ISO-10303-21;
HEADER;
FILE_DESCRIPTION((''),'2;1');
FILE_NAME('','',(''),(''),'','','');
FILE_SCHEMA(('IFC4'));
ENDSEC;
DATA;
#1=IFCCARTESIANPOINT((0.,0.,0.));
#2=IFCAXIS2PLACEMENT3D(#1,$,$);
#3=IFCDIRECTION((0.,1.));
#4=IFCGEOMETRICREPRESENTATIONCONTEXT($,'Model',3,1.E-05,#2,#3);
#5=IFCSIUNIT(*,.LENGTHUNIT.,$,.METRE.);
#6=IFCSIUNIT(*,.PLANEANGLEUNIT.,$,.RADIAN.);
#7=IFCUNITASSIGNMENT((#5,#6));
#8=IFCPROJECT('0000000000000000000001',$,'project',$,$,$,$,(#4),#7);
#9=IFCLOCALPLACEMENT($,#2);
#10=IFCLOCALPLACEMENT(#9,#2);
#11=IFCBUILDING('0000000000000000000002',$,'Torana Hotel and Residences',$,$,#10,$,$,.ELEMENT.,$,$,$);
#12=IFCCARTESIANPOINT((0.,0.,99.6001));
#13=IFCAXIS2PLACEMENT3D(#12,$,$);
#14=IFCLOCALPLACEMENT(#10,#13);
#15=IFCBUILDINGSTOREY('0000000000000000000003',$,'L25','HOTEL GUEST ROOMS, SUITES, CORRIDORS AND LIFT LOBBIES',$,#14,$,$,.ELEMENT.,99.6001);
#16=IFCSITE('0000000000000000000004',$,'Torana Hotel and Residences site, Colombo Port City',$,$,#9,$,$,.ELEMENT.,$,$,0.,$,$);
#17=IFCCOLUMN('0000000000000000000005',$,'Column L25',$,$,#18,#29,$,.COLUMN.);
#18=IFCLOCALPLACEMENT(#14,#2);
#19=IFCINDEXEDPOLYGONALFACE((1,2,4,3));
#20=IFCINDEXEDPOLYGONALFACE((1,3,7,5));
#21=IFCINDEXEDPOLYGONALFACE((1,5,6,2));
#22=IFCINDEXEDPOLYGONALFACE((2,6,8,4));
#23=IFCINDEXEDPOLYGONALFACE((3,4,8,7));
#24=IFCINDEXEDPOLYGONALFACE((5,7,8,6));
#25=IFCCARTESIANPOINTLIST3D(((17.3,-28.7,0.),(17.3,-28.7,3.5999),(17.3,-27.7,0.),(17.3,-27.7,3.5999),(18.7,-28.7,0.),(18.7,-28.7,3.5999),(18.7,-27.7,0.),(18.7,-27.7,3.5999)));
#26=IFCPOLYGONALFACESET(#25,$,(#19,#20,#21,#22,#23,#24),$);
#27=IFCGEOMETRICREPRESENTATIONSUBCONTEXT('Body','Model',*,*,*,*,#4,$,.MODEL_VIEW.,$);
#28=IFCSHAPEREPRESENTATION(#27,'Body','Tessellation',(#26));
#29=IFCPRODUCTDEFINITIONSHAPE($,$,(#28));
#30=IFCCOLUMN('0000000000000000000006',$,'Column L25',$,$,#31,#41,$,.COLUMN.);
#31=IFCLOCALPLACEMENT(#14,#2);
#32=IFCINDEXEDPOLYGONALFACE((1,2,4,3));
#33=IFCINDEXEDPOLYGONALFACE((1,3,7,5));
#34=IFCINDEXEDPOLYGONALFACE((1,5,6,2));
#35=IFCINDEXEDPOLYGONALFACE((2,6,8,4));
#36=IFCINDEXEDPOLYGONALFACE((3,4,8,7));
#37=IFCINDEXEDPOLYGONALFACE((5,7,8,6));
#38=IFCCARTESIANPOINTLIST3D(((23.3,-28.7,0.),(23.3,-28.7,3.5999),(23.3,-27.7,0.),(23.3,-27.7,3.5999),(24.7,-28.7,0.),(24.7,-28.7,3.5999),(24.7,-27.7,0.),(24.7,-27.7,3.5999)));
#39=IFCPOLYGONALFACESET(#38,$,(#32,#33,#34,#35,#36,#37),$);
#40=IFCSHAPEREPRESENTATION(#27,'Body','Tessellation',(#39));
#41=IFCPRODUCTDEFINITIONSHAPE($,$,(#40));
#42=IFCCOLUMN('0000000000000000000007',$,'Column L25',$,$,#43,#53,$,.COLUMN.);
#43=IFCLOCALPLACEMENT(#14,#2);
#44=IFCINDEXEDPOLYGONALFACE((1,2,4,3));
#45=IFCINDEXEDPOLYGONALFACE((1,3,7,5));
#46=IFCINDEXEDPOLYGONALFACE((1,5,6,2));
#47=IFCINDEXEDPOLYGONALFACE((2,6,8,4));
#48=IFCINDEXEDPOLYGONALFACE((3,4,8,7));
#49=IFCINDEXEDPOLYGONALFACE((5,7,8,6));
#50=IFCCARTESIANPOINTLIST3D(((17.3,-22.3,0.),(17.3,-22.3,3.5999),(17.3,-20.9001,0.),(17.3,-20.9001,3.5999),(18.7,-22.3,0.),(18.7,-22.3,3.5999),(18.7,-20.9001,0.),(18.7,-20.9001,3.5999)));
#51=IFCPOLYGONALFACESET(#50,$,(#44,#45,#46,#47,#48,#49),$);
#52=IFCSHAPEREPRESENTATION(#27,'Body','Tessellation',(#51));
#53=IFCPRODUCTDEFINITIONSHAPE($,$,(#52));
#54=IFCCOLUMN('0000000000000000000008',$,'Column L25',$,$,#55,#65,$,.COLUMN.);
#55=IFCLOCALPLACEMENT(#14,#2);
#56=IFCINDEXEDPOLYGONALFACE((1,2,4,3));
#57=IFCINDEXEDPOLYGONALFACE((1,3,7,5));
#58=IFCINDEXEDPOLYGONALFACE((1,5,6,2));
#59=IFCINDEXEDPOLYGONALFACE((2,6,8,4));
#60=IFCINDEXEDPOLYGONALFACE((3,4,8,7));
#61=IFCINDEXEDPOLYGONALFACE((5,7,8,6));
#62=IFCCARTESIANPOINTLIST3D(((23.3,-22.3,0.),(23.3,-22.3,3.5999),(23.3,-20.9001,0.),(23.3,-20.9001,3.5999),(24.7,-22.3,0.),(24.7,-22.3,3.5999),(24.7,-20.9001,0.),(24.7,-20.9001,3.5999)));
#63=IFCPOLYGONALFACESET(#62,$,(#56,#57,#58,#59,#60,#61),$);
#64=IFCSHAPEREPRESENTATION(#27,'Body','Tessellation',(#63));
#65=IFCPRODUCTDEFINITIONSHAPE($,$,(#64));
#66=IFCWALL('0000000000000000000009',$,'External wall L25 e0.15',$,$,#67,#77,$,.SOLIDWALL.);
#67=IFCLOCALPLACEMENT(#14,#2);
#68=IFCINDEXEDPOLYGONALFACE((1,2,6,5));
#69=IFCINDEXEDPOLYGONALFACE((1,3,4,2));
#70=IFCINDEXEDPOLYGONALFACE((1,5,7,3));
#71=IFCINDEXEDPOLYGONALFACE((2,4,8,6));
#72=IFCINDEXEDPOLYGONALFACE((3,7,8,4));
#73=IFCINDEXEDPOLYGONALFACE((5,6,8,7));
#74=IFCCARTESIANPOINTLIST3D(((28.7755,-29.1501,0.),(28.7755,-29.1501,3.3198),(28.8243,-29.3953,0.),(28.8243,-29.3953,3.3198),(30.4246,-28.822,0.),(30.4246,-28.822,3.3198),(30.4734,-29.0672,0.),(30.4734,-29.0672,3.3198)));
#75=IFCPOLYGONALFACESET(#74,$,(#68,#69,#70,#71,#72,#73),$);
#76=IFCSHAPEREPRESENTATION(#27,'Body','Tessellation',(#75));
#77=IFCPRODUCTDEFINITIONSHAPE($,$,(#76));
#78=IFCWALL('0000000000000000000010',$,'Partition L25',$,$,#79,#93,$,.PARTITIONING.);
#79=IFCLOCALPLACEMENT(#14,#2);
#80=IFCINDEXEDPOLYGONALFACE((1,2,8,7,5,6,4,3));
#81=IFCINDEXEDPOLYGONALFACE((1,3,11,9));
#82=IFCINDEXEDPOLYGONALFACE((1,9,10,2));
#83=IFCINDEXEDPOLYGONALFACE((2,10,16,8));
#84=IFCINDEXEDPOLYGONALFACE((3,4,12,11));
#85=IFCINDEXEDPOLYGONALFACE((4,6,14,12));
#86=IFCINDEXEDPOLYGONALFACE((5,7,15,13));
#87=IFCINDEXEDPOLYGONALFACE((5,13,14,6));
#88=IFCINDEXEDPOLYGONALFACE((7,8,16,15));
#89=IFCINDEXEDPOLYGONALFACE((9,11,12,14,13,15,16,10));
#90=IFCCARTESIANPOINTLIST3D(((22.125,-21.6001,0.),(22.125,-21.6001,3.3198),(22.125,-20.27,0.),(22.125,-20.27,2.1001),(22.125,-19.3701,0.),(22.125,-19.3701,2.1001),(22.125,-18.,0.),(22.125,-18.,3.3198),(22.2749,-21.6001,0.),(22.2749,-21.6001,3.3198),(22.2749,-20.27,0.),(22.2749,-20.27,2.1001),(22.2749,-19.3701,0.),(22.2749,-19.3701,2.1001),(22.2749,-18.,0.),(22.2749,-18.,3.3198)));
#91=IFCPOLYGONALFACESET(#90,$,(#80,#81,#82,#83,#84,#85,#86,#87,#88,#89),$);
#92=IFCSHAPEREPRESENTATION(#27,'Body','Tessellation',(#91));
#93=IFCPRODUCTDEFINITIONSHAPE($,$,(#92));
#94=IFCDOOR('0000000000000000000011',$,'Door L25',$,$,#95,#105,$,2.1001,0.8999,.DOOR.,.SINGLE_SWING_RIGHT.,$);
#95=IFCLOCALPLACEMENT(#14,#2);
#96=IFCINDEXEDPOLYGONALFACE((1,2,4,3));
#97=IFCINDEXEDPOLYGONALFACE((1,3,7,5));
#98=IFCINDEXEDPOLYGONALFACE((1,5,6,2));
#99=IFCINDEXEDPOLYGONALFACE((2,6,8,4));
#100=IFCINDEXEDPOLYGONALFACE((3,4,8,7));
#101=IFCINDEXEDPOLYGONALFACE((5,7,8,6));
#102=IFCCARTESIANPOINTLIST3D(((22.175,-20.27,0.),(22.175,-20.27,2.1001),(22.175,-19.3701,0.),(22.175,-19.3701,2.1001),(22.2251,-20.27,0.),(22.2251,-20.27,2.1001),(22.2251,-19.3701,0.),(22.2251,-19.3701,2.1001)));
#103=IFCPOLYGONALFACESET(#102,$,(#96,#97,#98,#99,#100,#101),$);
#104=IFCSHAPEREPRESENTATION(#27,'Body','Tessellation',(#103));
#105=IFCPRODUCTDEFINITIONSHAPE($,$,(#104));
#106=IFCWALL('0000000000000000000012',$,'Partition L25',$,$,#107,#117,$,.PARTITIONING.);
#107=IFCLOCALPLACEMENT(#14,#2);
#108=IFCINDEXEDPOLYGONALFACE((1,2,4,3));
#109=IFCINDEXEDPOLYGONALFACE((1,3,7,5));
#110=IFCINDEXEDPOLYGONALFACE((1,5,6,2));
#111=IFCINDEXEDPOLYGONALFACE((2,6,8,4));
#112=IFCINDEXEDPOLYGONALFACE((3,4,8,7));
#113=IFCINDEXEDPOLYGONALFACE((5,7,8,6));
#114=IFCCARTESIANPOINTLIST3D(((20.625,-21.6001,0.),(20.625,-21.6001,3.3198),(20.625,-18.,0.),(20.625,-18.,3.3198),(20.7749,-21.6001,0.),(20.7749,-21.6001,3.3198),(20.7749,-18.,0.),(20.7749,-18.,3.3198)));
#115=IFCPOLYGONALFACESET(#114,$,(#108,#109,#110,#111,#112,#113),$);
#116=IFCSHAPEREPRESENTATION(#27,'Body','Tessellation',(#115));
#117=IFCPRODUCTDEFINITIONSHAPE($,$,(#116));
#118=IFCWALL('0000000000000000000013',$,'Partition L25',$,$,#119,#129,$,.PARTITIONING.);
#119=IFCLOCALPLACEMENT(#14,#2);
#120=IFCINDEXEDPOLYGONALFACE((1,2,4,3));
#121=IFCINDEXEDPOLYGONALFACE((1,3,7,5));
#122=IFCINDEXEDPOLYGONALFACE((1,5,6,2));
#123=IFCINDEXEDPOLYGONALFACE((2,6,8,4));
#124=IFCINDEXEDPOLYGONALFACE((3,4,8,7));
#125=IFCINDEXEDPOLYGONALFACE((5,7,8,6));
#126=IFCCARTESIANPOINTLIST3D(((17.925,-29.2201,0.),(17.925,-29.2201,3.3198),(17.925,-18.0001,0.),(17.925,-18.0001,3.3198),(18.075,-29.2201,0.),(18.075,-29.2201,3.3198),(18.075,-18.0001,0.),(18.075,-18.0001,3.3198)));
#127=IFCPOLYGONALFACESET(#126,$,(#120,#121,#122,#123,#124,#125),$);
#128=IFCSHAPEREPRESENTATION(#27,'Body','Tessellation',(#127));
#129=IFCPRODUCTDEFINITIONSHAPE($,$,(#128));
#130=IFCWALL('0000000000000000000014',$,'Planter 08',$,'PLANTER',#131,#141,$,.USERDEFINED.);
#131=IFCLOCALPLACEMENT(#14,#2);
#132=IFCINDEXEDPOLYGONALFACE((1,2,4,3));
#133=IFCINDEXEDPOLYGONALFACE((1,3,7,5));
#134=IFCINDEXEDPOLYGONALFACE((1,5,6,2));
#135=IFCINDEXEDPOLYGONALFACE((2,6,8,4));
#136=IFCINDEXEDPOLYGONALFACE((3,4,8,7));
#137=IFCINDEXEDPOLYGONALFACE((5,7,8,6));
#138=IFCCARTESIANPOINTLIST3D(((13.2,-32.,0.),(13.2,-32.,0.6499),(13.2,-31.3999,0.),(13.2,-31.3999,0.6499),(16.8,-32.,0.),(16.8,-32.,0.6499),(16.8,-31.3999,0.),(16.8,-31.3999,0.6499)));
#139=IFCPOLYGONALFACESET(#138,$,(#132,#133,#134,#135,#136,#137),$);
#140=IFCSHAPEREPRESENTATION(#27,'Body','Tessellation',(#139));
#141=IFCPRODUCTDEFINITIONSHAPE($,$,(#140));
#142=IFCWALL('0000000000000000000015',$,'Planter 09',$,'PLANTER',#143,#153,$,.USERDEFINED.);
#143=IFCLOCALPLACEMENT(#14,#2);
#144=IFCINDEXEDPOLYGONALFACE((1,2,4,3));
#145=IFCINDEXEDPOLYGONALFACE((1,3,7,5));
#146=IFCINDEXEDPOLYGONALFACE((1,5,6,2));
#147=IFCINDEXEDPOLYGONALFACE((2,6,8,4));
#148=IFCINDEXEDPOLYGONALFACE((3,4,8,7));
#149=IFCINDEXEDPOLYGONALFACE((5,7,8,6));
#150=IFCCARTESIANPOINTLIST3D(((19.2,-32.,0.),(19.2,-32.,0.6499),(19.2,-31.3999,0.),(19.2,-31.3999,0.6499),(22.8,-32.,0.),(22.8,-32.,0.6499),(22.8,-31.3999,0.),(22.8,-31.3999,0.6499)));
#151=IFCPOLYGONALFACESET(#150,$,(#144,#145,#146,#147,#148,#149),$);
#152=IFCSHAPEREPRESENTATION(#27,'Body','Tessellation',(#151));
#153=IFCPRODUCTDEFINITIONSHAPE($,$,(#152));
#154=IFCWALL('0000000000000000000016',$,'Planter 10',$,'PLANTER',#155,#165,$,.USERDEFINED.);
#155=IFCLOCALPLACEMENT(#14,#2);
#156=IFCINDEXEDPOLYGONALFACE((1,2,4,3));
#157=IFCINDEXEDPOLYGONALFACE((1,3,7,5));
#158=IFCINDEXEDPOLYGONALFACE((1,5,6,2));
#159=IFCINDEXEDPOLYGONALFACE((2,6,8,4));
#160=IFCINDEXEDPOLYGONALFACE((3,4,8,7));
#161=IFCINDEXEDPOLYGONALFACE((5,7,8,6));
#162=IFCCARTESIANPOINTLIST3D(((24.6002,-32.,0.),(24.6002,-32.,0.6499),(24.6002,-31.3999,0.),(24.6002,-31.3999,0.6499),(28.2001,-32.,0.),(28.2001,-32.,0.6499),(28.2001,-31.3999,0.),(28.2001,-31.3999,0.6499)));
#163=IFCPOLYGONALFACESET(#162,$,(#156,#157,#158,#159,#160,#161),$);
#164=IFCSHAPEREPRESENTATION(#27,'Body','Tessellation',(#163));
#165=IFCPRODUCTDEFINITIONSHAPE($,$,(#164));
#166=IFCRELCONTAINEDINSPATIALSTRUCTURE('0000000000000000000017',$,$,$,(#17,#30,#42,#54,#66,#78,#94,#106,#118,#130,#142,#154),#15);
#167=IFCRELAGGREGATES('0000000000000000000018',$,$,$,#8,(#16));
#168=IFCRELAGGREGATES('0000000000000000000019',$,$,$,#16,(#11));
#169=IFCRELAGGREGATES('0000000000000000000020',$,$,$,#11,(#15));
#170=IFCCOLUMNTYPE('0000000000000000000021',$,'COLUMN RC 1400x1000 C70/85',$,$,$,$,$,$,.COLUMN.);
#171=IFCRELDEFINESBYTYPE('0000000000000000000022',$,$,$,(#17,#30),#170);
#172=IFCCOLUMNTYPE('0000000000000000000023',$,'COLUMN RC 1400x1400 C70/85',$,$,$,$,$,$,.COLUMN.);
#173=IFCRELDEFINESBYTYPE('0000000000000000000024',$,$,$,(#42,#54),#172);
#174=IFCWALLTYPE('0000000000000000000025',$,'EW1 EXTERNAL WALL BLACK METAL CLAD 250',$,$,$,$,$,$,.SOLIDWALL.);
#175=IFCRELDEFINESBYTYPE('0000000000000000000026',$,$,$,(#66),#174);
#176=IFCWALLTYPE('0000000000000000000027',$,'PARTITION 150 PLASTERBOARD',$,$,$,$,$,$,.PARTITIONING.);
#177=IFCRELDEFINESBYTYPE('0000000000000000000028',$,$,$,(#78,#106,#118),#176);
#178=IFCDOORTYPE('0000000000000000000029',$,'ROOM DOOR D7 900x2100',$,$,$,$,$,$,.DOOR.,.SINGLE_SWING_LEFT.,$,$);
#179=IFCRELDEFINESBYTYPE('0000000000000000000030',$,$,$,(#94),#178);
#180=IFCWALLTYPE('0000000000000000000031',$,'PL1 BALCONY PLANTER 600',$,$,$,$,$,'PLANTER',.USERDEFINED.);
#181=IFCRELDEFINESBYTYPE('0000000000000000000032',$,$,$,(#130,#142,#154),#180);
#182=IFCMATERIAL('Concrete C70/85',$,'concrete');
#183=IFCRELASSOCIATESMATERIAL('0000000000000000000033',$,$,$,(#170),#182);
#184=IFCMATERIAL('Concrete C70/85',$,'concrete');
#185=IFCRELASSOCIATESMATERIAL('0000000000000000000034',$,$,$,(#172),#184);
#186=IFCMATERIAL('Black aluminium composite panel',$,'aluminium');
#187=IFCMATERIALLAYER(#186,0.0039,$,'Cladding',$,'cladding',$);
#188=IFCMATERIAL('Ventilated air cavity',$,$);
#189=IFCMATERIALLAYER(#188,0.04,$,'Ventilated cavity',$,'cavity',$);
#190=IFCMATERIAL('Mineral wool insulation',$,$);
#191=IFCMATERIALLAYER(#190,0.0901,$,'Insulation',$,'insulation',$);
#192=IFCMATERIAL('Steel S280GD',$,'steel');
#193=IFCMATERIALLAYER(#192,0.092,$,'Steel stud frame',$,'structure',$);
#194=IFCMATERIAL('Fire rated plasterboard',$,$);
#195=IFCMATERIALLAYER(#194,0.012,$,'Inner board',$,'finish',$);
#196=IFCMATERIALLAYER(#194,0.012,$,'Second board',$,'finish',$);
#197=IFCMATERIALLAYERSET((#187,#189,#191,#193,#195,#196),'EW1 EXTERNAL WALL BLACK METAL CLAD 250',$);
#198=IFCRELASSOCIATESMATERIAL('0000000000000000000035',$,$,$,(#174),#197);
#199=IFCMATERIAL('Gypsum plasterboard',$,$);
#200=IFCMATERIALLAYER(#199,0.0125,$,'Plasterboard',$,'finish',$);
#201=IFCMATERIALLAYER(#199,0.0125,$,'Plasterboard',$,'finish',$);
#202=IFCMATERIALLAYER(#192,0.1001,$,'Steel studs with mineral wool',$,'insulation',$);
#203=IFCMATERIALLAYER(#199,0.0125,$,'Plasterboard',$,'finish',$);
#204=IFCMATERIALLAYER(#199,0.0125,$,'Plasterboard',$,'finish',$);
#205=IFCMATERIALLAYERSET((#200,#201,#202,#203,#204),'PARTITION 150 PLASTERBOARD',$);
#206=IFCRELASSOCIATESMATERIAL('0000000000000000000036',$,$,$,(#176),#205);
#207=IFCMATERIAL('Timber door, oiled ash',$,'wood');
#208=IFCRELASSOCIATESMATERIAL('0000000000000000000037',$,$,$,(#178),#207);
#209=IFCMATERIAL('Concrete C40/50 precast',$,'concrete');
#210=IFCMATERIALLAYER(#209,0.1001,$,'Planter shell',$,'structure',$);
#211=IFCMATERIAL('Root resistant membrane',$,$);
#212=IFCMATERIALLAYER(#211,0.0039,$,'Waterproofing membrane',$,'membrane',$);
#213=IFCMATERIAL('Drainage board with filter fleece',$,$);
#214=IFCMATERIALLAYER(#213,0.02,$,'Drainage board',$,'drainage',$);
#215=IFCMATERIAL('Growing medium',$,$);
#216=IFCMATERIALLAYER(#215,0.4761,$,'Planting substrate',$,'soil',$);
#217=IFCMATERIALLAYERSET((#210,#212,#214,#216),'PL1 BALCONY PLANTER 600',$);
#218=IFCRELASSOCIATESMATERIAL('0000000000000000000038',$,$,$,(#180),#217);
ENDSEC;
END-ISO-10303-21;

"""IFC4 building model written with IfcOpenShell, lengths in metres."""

from ifc_helpers import new_model, si_unit, direction, frame, frame_2d, origin, origin_2d, place, context, subcontext, project, spatial, rectangle, extrude, material, layer, layer_set, material_profile, profile_set, type_object, element, fill, save


model = new_model("IFC4")

# Units and contexts
model_context = context("Model", 3, precision=1e-05, world=origin(), true_north=direction((0.0, 1.0)))
body_context = subcontext(model_context, "Body", "Model", "MODEL_VIEW")
ifc_project = project(units=[si_unit("LENGTHUNIT", "METRE"), si_unit("PLANEANGLEUNIT", "RADIAN")], contexts=[model_context])

# Site, building, storey
site_placement = place(None, origin())
site = spatial("IfcSite", under=ifc_project, at=site_placement, Name="Torana Hotel and Residences site, Colombo Port City", CompositionType="ELEMENT", RefElevation=0.0)
building_placement = place(site_placement, origin())
building = spatial("IfcBuilding", under=site, at=building_placement, Name="Torana Hotel and Residences", CompositionType="ELEMENT")
storey_placement = place(building_placement, frame((0.0, 0.0, 99.6001)))
storey = spatial("IfcBuildingStorey", under=building, at=storey_placement, Name="L25", Description="HOTEL GUEST ROOMS, SUITES, CORRIDORS AND LIFT LOBBIES", CompositionType="ELEMENT", Elevation=99.6001)

# Columns
ifc_material_1 = material(Name="Concrete C70/85", Category="concrete")
ifc_material_profile_1 = material_profile(ifc_material_1, rectangle(XDim=1.3999, YDim=1.0, at=origin_2d()), Name="RC 1400x1000")
ifc_profile_set_1 = profile_set([ifc_material_profile_1], Name="Concrete C70/85")
column_type_1 = type_object("IfcColumnType", Name="COLUMN RC 1400x1000 C70/85", PredefinedType="COLUMN", material=ifc_profile_set_1)
for number, where, z_axis, x_axis, name in (
    (1, (18.0, -28.2, 0.0), (0.0, 0.0, 1.0), (1.0, 0.0, 0.0), "Column L25"),
    (2, (24.0, -28.2, 0.0), (0.0, 0.0, 1.0), (1.0, 0.0, 0.0), "Column L25"),
):
    element("IfcColumn", number, at=place(storey_placement, frame(where, z_axis=z_axis, x_axis=x_axis)), inside=storey, type_object=column_type_1, Name=name, PredefinedType="COLUMN", context=body_context, shape_type="SweptSolid", body=[
        extrude(rectangle(XDim=1.3999, YDim=1.0, at=origin_2d()), origin(), (0.0, 0.0, 1.0), 3.5999),
    ])
ifc_material_2 = material(Name="Concrete C70/85", Category="concrete")
ifc_material_profile_2 = material_profile(ifc_material_2, rectangle(XDim=1.3999, YDim=1.3999, at=origin_2d()), Name="RC 1400x1400")
ifc_profile_set_2 = profile_set([ifc_material_profile_2], Name="Concrete C70/85")
column_type_2 = type_object("IfcColumnType", Name="COLUMN RC 1400x1400 C70/85", PredefinedType="COLUMN", material=ifc_profile_set_2)
for number, where, z_axis, x_axis, name in (
    (3, (18.0, -21.6001, 0.0), (0.0, 0.0, 1.0), (1.0, 0.0, 0.0), "Column L25"),
    (4, (24.0, -21.6001, 0.0), (0.0, 0.0, 1.0), (1.0, 0.0, 0.0), "Column L25"),
):
    element("IfcColumn", number, at=place(storey_placement, frame(where, z_axis=z_axis, x_axis=x_axis)), inside=storey, type_object=column_type_2, Name=name, PredefinedType="COLUMN", context=body_context, shape_type="SweptSolid", body=[
        extrude(rectangle(XDim=1.3999, YDim=1.3999, at=origin_2d()), origin(), (0.0, 0.0, 1.0), 3.5999),
    ])

# Wall
ifc_material_3 = material(Name="Black aluminium composite panel", Category="aluminium")
ifc_layer_1 = layer(ifc_material_3, 0.0039, Name="Cladding", Category="cladding")
ifc_material_4 = material(Name="Ventilated air cavity")
ifc_layer_2 = layer(ifc_material_4, 0.04, Name="Ventilated cavity", Category="cavity")
ifc_material_5 = material(Name="Mineral wool insulation")
ifc_layer_3 = layer(ifc_material_5, 0.0901, Name="Insulation", Category="insulation")
ifc_material_6 = material(Name="Steel S280GD", Category="steel")
ifc_layer_4 = layer(ifc_material_6, 0.092, Name="Steel stud frame", Category="structure")
ifc_material_7 = material(Name="Fire rated plasterboard")
ifc_layer_5 = layer(ifc_material_7, 0.012, Name="Inner board", Category="finish")
ifc_layer_6 = layer(ifc_material_7, 0.012, Name="Second board", Category="finish")
ifc_layer_set_1 = layer_set([ifc_layer_1, ifc_layer_2, ifc_layer_3, ifc_layer_4, ifc_layer_5, ifc_layer_6], Name="EW1 EXTERNAL WALL BLACK METAL CLAD 250")
wall_type_1 = type_object("IfcWallType", Name="EW1 EXTERNAL WALL BLACK METAL CLAD 250", PredefinedType="SOLIDWALL", material=ifc_layer_set_1)
wall_1_placement = place(storey_placement, frame((28.7998, -29.2727, 0.0), z_axis=(0.0, 0.0, 1.0), x_axis=(0.980776, 0.195139, 0.0)))
element("IfcWall", 5, at=wall_1_placement, inside=storey, type_object=wall_type_1, Name="External wall L25 e0.15", PredefinedType="SOLIDWALL", context=body_context, shape_type="SweptSolid", body=[
    extrude(rectangle(XDim=1.6814, YDim=0.25, at=frame_2d((0.8408, 0.0))), origin(), (0.0, 0.0, 1.0), 3.3198),
])

# Wall, opening, door
ifc_material_8 = material(Name="Gypsum plasterboard")
ifc_layer_7 = layer(ifc_material_8, 0.0125, Name="Plasterboard", Category="finish")
ifc_layer_8 = layer(ifc_material_8, 0.0125, Name="Plasterboard", Category="finish")
ifc_layer_9 = layer(ifc_material_6, 0.1001, Name="Steel studs with mineral wool", Category="insulation")
ifc_layer_10 = layer(ifc_material_8, 0.0125, Name="Plasterboard", Category="finish")
ifc_layer_11 = layer(ifc_material_8, 0.0125, Name="Plasterboard", Category="finish")
ifc_layer_set_2 = layer_set([ifc_layer_7, ifc_layer_8, ifc_layer_9, ifc_layer_10, ifc_layer_11], Name="PARTITION 150 PLASTERBOARD")
wall_type_2 = type_object("IfcWallType", Name="PARTITION 150 PLASTERBOARD", PredefinedType="PARTITIONING", material=ifc_layer_set_2)
wall_2_placement = place(storey_placement, frame((22.2, -21.6001, 0.0), z_axis=(0.0, 0.0, 1.0), x_axis=(0.0, 1.0, 0.0)))
wall_2 = element("IfcWall", 6, at=wall_2_placement, inside=storey, type_object=wall_type_2, Name="Partition L25", PredefinedType="PARTITIONING", context=body_context, shape_type="SweptSolid", body=[
    extrude(rectangle(XDim=3.6001, YDim=0.1499, at=frame_2d((1.8, 0.0))), origin(), (0.0, 0.0, 1.0), 3.3198),
])
opening_placement = place(wall_2_placement, frame((1.3301, 0.0, 0.0)))
opening = element("IfcOpeningElement", 7, at=opening_placement, cuts=wall_2, PredefinedType="OPENING", context=body_context, shape_type="SweptSolid", body=[
    extrude(rectangle(XDim=0.8999, YDim=2.1001, at=frame_2d((0.45, 1.05))), frame((0.0, 0.085, 0.0), z_axis=(0.0, -1.0, 0.0), x_axis=(1.0, 0.0, 0.0)), (0.0, 0.0, 1.0), 0.1699),
])
ifc_material_9 = material(Name="Timber door, oiled ash", Category="wood")
door_type = type_object("IfcDoorType", Name="ROOM DOOR D7 900x2100", OperationType="SINGLE_SWING_LEFT", PredefinedType="DOOR", material=ifc_material_9)
door_placement = place(opening_placement, origin())
door = element("IfcDoor", 8, at=door_placement, inside=storey, type_object=door_type, Name="Door L25", OperationType="SINGLE_SWING_RIGHT", OverallHeight=2.1001, OverallWidth=0.8999, PredefinedType="DOOR", context=body_context, shape_type="SweptSolid", body=[
    extrude(rectangle(XDim=0.8999, YDim=2.1001, at=frame_2d((0.45, 1.05))), frame((0.0, 0.0249, 0.0), z_axis=(0.0, -1.0, 0.0), x_axis=(1.0, 0.0, 0.0)), (0.0, 0.0, 1.0), 0.05),
])
fill(opening, door)

# Walls
wall_3_placement = place(storey_placement, frame((20.7, -21.6001, 0.0), z_axis=(0.0, 0.0, 1.0), x_axis=(0.0, 1.0, 0.0)))
element("IfcWall", 9, at=wall_3_placement, inside=storey, type_object=wall_type_2, Name="Partition L25", PredefinedType="PARTITIONING", context=body_context, shape_type="SweptSolid", body=[
    extrude(rectangle(XDim=3.6001, YDim=0.1499, at=frame_2d((1.8, 0.0))), origin(), (0.0, 0.0, 1.0), 3.3198),
])
wall_4_placement = place(storey_placement, frame((18.0, -29.22, 0.0), z_axis=(0.0, 0.0, 1.0), x_axis=(0.0, 1.0, 0.0)))
element("IfcWall", 10, at=wall_4_placement, inside=storey, type_object=wall_type_2, Name="Partition L25", PredefinedType="PARTITIONING", context=body_context, shape_type="SweptSolid", body=[
    extrude(rectangle(XDim=11.22, YDim=0.1499, at=frame_2d((5.6099, 0.0))), origin(), (0.0, 0.0, 1.0), 3.3198),
])
ifc_material_10 = material(Name="Concrete C40/50 precast", Category="concrete")
ifc_layer_12 = layer(ifc_material_10, 0.1001, Name="Planter shell", Category="structure")
ifc_material_11 = material(Name="Root resistant membrane")
ifc_layer_13 = layer(ifc_material_11, 0.0039, Name="Waterproofing membrane", Category="membrane")
ifc_material_12 = material(Name="Drainage board with filter fleece")
ifc_layer_14 = layer(ifc_material_12, 0.02, Name="Drainage board", Category="drainage")
ifc_material_13 = material(Name="Growing medium")
ifc_layer_15 = layer(ifc_material_13, 0.4761, Name="Planting substrate", Category="soil")
ifc_layer_set_3 = layer_set([ifc_layer_12, ifc_layer_13, ifc_layer_14, ifc_layer_15], Name="PL1 BALCONY PLANTER 600")
wall_type_3 = type_object("IfcWallType", Name="PL1 BALCONY PLANTER 600", ElementType="PLANTER", PredefinedType="USERDEFINED", material=ifc_layer_set_3)
for number, where, z_axis, x_axis, name in (
    (11, (16.8, -31.7, 0.0), (0.0, 0.0, 1.0), (-1.0, 0.0, 0.0), "Planter 08"),
    (12, (22.8, -31.7, 0.0), (0.0, 0.0, 1.0), (-1.0, 0.0, 0.0), "Planter 09"),
):
    element("IfcWall", number, at=place(storey_placement, frame(where, z_axis=z_axis, x_axis=x_axis)), inside=storey, type_object=wall_type_3, Name=name, ObjectType="PLANTER", PredefinedType="USERDEFINED", context=body_context, shape_type="SweptSolid", body=[
        extrude(rectangle(XDim=3.6001, YDim=0.6001, at=frame_2d((1.8, 0.0))), origin(), (0.0, 0.0, 1.0), 0.6499),
    ])
wall_5_placement = place(storey_placement, frame((28.2, -31.7, 0.0), z_axis=(0.0, 0.0, 1.0), x_axis=(-1.0, 0.0, 0.0)))
element("IfcWall", 13, at=wall_5_placement, inside=storey, type_object=wall_type_3, Name="Planter 10", ObjectType="PLANTER", PredefinedType="USERDEFINED", context=body_context, shape_type="SweptSolid", body=[
    extrude(rectangle(XDim=3.5999, YDim=0.6001, at=frame_2d((1.7998, 0.0))), origin(), (0.0, 0.0, 1.0), 0.6499),
])

save(model, "model.ifc")
